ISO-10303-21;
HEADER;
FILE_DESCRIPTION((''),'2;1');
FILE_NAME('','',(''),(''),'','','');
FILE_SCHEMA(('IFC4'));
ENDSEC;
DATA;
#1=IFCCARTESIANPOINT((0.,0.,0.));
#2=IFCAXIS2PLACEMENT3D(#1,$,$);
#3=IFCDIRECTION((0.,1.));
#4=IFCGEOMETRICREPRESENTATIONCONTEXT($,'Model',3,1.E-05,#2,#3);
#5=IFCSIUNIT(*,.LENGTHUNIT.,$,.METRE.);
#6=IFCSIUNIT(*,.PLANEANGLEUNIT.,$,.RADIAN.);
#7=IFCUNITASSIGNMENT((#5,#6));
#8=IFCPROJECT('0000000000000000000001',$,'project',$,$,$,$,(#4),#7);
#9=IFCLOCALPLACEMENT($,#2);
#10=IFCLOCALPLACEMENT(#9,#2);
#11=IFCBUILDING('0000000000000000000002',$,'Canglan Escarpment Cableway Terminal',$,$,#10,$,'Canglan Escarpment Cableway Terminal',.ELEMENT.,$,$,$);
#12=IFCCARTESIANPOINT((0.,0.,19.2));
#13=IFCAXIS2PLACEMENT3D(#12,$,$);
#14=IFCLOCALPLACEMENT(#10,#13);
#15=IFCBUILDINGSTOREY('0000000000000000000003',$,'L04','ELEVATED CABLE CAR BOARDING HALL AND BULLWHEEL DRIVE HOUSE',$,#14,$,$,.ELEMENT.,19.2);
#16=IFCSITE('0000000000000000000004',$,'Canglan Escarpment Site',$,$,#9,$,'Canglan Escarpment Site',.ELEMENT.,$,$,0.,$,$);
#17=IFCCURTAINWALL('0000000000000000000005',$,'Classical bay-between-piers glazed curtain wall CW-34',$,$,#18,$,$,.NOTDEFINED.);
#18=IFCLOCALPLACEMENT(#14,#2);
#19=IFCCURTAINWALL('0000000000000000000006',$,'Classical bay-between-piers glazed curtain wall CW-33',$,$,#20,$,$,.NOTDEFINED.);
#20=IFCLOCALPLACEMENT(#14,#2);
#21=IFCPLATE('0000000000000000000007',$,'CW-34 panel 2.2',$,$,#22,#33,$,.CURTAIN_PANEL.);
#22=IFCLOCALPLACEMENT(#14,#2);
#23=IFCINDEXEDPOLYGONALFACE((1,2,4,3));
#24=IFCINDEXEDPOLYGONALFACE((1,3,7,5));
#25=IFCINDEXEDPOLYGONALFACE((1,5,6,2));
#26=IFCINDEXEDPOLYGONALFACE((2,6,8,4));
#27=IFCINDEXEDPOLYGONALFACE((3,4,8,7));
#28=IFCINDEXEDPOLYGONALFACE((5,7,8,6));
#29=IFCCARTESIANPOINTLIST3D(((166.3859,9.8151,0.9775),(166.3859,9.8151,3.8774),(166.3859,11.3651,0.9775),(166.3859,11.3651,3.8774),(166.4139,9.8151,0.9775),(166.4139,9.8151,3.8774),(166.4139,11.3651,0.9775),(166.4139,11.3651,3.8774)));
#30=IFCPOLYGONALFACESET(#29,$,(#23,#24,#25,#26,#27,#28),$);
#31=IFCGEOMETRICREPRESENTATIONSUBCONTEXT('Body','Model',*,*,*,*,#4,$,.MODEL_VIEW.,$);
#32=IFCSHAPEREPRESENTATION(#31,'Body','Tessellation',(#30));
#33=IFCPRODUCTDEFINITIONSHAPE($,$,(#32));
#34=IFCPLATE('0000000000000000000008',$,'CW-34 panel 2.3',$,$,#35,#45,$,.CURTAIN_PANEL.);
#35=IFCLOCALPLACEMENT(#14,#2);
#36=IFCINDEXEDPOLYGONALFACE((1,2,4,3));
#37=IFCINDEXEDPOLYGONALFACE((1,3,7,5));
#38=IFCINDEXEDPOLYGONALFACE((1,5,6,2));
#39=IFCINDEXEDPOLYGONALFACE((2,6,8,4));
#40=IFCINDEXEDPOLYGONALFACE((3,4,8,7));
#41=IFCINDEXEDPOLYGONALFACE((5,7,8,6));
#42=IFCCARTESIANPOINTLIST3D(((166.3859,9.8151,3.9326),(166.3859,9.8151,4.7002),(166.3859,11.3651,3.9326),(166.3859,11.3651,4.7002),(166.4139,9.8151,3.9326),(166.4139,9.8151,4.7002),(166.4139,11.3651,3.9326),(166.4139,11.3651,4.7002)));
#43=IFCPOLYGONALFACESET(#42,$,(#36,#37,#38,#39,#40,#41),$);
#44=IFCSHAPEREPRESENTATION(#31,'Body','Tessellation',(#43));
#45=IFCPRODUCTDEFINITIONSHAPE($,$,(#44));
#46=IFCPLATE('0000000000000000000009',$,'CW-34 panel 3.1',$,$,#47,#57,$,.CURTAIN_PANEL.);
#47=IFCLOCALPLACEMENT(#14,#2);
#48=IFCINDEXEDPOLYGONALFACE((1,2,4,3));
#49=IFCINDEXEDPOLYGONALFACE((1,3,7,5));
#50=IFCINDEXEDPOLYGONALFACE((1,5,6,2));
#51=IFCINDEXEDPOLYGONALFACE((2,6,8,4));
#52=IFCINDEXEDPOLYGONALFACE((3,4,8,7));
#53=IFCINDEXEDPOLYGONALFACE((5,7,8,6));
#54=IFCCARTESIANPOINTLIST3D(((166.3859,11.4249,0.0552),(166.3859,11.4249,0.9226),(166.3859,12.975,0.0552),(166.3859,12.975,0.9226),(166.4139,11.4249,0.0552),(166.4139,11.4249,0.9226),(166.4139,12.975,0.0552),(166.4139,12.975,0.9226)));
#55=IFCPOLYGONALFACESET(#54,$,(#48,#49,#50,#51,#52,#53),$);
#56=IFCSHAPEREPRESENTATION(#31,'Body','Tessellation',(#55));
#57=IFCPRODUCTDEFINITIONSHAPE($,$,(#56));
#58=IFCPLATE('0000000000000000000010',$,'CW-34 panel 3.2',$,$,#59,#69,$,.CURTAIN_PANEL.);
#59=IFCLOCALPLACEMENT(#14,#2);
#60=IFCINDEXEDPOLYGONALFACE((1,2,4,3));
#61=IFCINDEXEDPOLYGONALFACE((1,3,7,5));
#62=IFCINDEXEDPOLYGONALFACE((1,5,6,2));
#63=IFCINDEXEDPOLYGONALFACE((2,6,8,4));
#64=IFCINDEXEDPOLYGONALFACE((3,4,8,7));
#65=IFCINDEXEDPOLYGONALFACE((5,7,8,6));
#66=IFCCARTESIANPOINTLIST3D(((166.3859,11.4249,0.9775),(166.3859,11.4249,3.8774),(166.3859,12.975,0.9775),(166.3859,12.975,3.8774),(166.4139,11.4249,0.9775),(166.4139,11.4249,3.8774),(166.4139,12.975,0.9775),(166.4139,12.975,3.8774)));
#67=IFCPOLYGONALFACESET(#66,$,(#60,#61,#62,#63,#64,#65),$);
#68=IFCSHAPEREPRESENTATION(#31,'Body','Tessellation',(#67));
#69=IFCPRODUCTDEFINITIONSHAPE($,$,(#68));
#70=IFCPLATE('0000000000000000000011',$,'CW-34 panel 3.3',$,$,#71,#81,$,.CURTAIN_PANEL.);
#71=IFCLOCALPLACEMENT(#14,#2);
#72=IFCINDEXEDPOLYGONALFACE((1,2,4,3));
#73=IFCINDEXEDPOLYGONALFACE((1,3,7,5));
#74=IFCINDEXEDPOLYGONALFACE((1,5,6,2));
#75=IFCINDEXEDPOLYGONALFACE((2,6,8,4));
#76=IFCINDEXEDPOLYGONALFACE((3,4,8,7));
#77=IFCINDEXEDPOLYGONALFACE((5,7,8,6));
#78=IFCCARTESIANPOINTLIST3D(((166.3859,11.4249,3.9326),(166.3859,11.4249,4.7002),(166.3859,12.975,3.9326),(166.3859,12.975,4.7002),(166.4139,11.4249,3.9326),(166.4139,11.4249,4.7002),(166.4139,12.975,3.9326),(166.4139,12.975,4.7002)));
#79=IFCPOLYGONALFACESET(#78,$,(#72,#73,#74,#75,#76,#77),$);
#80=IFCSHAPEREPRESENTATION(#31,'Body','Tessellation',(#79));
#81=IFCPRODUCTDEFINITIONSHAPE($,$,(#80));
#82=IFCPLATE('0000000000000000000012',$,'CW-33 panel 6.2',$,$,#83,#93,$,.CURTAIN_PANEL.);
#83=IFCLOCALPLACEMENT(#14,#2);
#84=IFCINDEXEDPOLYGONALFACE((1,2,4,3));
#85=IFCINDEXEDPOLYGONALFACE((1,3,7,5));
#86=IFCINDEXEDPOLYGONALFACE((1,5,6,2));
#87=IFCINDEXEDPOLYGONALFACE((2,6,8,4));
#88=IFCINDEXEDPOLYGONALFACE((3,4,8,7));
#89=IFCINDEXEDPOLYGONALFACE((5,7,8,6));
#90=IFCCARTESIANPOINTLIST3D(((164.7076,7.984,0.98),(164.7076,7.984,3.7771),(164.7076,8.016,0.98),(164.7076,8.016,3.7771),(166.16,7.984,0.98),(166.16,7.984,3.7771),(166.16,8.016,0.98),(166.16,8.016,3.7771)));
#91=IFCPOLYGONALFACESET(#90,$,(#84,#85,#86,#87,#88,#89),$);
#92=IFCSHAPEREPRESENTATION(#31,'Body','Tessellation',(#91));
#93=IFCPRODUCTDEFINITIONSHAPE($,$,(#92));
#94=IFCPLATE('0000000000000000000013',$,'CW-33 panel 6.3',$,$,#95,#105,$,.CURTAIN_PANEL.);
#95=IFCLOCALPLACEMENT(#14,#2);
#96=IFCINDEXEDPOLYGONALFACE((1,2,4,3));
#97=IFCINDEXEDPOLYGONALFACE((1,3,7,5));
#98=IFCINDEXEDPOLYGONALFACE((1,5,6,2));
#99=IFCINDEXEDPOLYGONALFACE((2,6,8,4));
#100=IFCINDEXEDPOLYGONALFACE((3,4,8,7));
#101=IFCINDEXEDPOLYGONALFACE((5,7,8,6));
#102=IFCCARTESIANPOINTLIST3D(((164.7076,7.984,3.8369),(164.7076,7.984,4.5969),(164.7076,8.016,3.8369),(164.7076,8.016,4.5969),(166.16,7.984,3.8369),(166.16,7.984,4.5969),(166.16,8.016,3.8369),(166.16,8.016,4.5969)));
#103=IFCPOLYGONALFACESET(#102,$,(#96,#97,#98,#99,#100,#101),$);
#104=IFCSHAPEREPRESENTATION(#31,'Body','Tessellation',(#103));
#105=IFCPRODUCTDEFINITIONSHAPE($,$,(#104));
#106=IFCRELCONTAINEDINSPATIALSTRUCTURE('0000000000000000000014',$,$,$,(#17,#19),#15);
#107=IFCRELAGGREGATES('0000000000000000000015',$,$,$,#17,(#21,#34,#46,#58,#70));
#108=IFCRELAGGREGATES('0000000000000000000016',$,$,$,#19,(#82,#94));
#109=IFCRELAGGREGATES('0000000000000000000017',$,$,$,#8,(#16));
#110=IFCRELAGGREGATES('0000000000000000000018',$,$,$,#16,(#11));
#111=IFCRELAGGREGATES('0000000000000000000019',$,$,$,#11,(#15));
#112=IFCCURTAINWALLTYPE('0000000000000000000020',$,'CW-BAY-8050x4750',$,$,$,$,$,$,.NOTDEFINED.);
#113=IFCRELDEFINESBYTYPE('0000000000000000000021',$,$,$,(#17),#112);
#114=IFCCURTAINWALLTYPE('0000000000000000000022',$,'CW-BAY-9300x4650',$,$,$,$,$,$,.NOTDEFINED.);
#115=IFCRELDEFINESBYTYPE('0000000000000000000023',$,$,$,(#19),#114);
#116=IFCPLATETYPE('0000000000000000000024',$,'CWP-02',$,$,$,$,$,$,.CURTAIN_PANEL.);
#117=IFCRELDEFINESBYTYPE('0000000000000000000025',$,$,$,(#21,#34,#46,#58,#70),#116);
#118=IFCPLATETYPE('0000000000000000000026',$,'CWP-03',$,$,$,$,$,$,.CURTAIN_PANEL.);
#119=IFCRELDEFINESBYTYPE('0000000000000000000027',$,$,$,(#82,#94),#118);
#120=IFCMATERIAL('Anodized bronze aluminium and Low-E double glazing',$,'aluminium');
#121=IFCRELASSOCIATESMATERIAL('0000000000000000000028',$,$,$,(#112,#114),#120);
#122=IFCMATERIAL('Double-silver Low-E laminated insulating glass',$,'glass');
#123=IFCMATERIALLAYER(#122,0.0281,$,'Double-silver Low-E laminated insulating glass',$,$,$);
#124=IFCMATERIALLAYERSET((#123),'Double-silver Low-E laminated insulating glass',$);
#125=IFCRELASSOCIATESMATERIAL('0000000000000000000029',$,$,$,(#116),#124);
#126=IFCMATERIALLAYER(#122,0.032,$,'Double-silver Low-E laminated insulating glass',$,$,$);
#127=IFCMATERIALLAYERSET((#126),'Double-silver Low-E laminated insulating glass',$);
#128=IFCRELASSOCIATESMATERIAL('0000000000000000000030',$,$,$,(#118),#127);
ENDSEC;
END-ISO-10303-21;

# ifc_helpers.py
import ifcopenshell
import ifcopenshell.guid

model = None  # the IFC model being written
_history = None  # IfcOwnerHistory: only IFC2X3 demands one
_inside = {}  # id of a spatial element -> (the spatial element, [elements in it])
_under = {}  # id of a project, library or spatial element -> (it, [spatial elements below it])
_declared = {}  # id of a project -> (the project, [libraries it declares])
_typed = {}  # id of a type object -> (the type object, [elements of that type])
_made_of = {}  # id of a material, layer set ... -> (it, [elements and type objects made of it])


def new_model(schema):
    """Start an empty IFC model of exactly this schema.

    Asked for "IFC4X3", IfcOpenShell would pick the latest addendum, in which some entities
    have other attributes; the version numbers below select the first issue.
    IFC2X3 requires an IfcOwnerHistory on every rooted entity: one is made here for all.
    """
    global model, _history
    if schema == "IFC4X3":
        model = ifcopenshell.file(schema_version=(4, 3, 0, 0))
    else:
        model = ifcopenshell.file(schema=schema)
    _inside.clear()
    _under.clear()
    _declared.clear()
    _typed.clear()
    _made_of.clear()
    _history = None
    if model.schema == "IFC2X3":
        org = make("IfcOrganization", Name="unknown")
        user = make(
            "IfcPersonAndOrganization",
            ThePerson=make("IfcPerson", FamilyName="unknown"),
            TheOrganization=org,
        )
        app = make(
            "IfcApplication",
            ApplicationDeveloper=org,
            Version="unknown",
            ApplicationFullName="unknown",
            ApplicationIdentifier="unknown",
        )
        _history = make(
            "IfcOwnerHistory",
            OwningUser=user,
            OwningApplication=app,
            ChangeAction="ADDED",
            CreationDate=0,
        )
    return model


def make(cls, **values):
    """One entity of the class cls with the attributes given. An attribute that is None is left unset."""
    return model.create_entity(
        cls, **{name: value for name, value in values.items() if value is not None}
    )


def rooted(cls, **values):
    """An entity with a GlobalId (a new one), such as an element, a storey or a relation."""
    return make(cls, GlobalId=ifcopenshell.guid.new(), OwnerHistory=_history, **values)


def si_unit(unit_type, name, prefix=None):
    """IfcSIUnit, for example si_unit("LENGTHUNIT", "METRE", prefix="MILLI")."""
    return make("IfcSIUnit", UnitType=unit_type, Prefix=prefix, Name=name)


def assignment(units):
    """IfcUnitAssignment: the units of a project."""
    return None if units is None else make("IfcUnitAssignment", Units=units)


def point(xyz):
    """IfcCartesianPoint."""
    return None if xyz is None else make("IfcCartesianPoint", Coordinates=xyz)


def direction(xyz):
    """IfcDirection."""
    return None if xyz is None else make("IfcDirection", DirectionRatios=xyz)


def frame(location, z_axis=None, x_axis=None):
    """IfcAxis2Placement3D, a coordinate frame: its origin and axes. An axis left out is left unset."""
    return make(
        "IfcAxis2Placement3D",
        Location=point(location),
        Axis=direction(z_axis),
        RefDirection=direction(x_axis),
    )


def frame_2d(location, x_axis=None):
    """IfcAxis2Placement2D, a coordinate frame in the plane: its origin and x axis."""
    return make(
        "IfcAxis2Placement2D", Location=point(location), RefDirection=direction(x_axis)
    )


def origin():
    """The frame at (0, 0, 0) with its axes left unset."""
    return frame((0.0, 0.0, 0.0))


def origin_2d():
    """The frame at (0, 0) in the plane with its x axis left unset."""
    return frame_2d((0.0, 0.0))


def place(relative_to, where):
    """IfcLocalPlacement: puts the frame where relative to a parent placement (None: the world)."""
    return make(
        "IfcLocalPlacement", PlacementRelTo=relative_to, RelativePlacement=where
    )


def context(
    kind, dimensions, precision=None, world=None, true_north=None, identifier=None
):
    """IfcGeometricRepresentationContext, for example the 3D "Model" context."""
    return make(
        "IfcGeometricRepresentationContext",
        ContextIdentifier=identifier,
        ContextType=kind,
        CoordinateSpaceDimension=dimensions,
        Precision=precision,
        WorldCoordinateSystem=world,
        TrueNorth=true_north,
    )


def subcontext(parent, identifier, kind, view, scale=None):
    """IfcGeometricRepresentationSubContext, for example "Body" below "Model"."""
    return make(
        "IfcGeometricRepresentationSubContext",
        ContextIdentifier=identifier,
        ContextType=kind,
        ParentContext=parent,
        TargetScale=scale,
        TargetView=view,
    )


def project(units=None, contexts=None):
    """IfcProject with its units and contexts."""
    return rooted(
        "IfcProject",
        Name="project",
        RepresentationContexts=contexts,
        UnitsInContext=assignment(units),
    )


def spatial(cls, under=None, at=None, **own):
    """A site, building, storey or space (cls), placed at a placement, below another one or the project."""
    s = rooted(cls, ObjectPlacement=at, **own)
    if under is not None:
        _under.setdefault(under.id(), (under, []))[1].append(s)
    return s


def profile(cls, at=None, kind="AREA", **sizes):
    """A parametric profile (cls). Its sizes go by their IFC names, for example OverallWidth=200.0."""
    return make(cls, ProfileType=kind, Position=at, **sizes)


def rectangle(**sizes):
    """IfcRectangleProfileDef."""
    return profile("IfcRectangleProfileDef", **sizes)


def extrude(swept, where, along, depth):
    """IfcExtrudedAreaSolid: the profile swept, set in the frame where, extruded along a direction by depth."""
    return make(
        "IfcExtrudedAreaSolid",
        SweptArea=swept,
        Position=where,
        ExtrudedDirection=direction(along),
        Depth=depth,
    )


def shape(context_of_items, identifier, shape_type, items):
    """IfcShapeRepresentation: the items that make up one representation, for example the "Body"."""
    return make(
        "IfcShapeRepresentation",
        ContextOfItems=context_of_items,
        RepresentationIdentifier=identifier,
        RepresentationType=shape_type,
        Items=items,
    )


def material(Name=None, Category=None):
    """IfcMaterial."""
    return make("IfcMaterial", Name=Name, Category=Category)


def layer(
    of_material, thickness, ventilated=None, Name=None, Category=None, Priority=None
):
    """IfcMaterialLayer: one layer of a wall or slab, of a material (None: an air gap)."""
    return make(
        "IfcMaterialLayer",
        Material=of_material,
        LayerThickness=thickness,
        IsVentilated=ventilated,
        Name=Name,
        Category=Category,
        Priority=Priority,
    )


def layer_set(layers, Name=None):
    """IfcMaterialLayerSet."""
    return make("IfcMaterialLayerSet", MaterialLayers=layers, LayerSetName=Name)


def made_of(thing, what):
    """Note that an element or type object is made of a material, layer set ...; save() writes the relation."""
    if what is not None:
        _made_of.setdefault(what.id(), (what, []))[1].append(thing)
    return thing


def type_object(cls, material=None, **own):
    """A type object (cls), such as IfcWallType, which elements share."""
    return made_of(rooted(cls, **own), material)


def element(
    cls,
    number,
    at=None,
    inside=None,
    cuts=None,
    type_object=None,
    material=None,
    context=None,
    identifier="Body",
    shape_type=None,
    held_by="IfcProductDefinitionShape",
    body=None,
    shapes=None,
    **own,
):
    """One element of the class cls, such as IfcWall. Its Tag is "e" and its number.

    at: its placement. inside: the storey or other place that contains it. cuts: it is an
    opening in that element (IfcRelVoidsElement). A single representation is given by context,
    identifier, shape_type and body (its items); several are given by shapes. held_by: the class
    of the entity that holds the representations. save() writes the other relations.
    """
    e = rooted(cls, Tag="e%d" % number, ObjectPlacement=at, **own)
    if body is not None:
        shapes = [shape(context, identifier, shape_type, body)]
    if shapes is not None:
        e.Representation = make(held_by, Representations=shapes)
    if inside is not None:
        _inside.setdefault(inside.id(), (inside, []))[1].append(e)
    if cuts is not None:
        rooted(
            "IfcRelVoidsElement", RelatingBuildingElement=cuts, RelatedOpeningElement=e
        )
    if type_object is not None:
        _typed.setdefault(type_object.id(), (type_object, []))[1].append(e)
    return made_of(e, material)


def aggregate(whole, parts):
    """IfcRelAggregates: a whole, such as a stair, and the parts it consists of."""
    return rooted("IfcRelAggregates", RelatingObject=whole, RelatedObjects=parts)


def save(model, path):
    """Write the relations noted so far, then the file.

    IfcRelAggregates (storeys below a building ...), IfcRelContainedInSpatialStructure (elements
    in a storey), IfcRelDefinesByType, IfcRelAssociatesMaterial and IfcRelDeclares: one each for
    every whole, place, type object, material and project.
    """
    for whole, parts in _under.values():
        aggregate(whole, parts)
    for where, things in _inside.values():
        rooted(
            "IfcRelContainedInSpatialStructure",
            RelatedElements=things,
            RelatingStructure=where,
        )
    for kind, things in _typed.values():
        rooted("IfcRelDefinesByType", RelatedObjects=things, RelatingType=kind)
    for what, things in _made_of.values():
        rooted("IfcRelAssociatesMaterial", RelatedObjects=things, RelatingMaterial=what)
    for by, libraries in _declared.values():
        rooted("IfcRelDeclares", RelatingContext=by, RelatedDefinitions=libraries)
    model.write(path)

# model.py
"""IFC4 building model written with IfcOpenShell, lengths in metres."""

from ifc_helpers import new_model, si_unit, direction, frame, origin, origin_2d, place, context, subcontext, project, spatial, rectangle, extrude, material, layer, layer_set, type_object, element, aggregate, save


model = new_model("IFC4")

# Units and contexts
model_context = context("Model", 3, precision=1e-05, world=origin(), true_north=direction((0.0, 1.0)))
body_context = subcontext(model_context, "Body", "Model", "MODEL_VIEW")
ifc_project = project(units=[si_unit("LENGTHUNIT", "METRE"), si_unit("PLANEANGLEUNIT", "RADIAN")], contexts=[model_context])

# Site, building, storey
site_placement = place(None, origin())
site = spatial("IfcSite", under=ifc_project, at=site_placement, Name="Canglan Escarpment Site", LongName="Canglan Escarpment Site", CompositionType="ELEMENT", RefElevation=0.0)
building_placement = place(site_placement, origin())
building = spatial("IfcBuilding", under=site, at=building_placement, Name="Canglan Escarpment Cableway Terminal", LongName="Canglan Escarpment Cableway Terminal", CompositionType="ELEMENT")
storey_placement = place(building_placement, frame((0.0, 0.0, 19.2)))
storey = spatial("IfcBuildingStorey", under=building, at=storey_placement, Name="L04", Description="ELEVATED CABLE CAR BOARDING HALL AND BULLWHEEL DRIVE HOUSE", CompositionType="ELEMENT", Elevation=19.2)

# Curtain wall
ifc_material_1 = material(Name="Anodized bronze aluminium and Low-E double glazing", Category="aluminium")
curtain_wall_type_1 = type_object("IfcCurtainWallType", Name="CW-BAY-8050x4750", PredefinedType="NOTDEFINED", material=ifc_material_1)
curtain_wall_1_placement = place(storey_placement, origin())
curtain_wall_1 = element("IfcCurtainWall", 1, at=curtain_wall_1_placement, inside=storey, type_object=curtain_wall_type_1, Name="Classical bay-between-piers glazed curtain wall CW-34", PredefinedType="NOTDEFINED")

# Curtain wall
curtain_wall_type_2 = type_object("IfcCurtainWallType", Name="CW-BAY-9300x4650", PredefinedType="NOTDEFINED", material=ifc_material_1)
curtain_wall_2_placement = place(storey_placement, origin())
curtain_wall_2 = element("IfcCurtainWall", 2, at=curtain_wall_2_placement, inside=storey, type_object=curtain_wall_type_2, Name="Classical bay-between-piers glazed curtain wall CW-33", PredefinedType="NOTDEFINED")

# Plates
ifc_material_2 = material(Name="Double-silver Low-E laminated insulating glass", Category="glass")
ifc_layer_1 = layer(ifc_material_2, 0.0281, Name="Double-silver Low-E laminated insulating glass")
ifc_layer_set_1 = layer_set([ifc_layer_1], Name="Double-silver Low-E laminated insulating glass")
plate_type_1 = type_object("IfcPlateType", Name="CWP-02", PredefinedType="CURTAIN_PANEL", material=ifc_layer_set_1)
plate_1_placement = place(storey_placement, frame((166.3999, 10.5901, 0.9775), z_axis=(0.0, 0.0, 1.0), x_axis=(0.0, 1.0, 0.0)))
plate_1 = element("IfcPlate", 3, at=plate_1_placement, type_object=plate_type_1, Name="CW-34 panel 2.2", PredefinedType="CURTAIN_PANEL", context=body_context, shape_type="SweptSolid", body=[
    extrude(rectangle(XDim=1.55, YDim=0.0281, at=origin_2d()), origin(), (0.0, 0.0, 1.0), 2.8999),
])
plate_2_placement = place(storey_placement, frame((166.3999, 10.5901, 3.9326), z_axis=(0.0, 0.0, 1.0), x_axis=(0.0, 1.0, 0.0)))
plate_2 = element("IfcPlate", 4, at=plate_2_placement, type_object=plate_type_1, Name="CW-34 panel 2.3", PredefinedType="CURTAIN_PANEL", context=body_context, shape_type="SweptSolid", body=[
    extrude(rectangle(XDim=1.55, YDim=0.0281, at=origin_2d()), origin(), (0.0, 0.0, 1.0), 0.7676),
])
plate_3_placement = place(storey_placement, frame((166.3999, 12.2, 0.0552), z_axis=(0.0, 0.0, 1.0), x_axis=(0.0, 1.0, 0.0)))
plate_3 = element("IfcPlate", 5, at=plate_3_placement, type_object=plate_type_1, Name="CW-34 panel 3.1", PredefinedType="CURTAIN_PANEL", context=body_context, shape_type="SweptSolid", body=[
    extrude(rectangle(XDim=1.55, YDim=0.0281, at=origin_2d()), origin(), (0.0, 0.0, 1.0), 0.8674),
])
plate_4_placement = place(storey_placement, frame((166.3999, 12.2, 0.9775), z_axis=(0.0, 0.0, 1.0), x_axis=(0.0, 1.0, 0.0)))
plate_4 = element("IfcPlate", 6, at=plate_4_placement, type_object=plate_type_1, Name="CW-34 panel 3.2", PredefinedType="CURTAIN_PANEL", context=body_context, shape_type="SweptSolid", body=[
    extrude(rectangle(XDim=1.55, YDim=0.0281, at=origin_2d()), origin(), (0.0, 0.0, 1.0), 2.8999),
])
plate_5_placement = place(storey_placement, frame((166.3999, 12.2, 3.9326), z_axis=(0.0, 0.0, 1.0), x_axis=(0.0, 1.0, 0.0)))
plate_5 = element("IfcPlate", 7, at=plate_5_placement, type_object=plate_type_1, Name="CW-34 panel 3.3", PredefinedType="CURTAIN_PANEL", context=body_context, shape_type="SweptSolid", body=[
    extrude(rectangle(XDim=1.55, YDim=0.0281, at=origin_2d()), origin(), (0.0, 0.0, 1.0), 0.7676),
])
aggregate(curtain_wall_1, [plate_1, plate_2, plate_3, plate_4, plate_5])
ifc_layer_2 = layer(ifc_material_2, 0.032, Name="Double-silver Low-E laminated insulating glass")
ifc_layer_set_2 = layer_set([ifc_layer_2], Name="Double-silver Low-E laminated insulating glass")
plate_type_2 = type_object("IfcPlateType", Name="CWP-03", PredefinedType="CURTAIN_PANEL", material=ifc_layer_set_2)
plate_6_placement = place(storey_placement, frame((165.4338, 8.0, 0.98), z_axis=(0.0, 0.0, 1.0), x_axis=(1.0, 0.0, 0.0)))
plate_6 = element("IfcPlate", 8, at=plate_6_placement, type_object=plate_type_2, Name="CW-33 panel 6.2", PredefinedType="CURTAIN_PANEL", context=body_context, shape_type="SweptSolid", body=[
    extrude(rectangle(XDim=1.4524, YDim=0.032, at=origin_2d()), origin(), (0.0, 0.0, 1.0), 2.7971),
])
plate_7_placement = place(storey_placement, frame((165.4338, 8.0, 3.8369), z_axis=(0.0, 0.0, 1.0), x_axis=(1.0, 0.0, 0.0)))
plate_7 = element("IfcPlate", 9, at=plate_7_placement, type_object=plate_type_2, Name="CW-33 panel 6.3", PredefinedType="CURTAIN_PANEL", context=body_context, shape_type="SweptSolid", body=[
    extrude(rectangle(XDim=1.4524, YDim=0.032, at=origin_2d()), origin(), (0.0, 0.0, 1.0), 0.76),
])
aggregate(curtain_wall_2, [plate_6, plate_7])

save(model, "model.ifc")
